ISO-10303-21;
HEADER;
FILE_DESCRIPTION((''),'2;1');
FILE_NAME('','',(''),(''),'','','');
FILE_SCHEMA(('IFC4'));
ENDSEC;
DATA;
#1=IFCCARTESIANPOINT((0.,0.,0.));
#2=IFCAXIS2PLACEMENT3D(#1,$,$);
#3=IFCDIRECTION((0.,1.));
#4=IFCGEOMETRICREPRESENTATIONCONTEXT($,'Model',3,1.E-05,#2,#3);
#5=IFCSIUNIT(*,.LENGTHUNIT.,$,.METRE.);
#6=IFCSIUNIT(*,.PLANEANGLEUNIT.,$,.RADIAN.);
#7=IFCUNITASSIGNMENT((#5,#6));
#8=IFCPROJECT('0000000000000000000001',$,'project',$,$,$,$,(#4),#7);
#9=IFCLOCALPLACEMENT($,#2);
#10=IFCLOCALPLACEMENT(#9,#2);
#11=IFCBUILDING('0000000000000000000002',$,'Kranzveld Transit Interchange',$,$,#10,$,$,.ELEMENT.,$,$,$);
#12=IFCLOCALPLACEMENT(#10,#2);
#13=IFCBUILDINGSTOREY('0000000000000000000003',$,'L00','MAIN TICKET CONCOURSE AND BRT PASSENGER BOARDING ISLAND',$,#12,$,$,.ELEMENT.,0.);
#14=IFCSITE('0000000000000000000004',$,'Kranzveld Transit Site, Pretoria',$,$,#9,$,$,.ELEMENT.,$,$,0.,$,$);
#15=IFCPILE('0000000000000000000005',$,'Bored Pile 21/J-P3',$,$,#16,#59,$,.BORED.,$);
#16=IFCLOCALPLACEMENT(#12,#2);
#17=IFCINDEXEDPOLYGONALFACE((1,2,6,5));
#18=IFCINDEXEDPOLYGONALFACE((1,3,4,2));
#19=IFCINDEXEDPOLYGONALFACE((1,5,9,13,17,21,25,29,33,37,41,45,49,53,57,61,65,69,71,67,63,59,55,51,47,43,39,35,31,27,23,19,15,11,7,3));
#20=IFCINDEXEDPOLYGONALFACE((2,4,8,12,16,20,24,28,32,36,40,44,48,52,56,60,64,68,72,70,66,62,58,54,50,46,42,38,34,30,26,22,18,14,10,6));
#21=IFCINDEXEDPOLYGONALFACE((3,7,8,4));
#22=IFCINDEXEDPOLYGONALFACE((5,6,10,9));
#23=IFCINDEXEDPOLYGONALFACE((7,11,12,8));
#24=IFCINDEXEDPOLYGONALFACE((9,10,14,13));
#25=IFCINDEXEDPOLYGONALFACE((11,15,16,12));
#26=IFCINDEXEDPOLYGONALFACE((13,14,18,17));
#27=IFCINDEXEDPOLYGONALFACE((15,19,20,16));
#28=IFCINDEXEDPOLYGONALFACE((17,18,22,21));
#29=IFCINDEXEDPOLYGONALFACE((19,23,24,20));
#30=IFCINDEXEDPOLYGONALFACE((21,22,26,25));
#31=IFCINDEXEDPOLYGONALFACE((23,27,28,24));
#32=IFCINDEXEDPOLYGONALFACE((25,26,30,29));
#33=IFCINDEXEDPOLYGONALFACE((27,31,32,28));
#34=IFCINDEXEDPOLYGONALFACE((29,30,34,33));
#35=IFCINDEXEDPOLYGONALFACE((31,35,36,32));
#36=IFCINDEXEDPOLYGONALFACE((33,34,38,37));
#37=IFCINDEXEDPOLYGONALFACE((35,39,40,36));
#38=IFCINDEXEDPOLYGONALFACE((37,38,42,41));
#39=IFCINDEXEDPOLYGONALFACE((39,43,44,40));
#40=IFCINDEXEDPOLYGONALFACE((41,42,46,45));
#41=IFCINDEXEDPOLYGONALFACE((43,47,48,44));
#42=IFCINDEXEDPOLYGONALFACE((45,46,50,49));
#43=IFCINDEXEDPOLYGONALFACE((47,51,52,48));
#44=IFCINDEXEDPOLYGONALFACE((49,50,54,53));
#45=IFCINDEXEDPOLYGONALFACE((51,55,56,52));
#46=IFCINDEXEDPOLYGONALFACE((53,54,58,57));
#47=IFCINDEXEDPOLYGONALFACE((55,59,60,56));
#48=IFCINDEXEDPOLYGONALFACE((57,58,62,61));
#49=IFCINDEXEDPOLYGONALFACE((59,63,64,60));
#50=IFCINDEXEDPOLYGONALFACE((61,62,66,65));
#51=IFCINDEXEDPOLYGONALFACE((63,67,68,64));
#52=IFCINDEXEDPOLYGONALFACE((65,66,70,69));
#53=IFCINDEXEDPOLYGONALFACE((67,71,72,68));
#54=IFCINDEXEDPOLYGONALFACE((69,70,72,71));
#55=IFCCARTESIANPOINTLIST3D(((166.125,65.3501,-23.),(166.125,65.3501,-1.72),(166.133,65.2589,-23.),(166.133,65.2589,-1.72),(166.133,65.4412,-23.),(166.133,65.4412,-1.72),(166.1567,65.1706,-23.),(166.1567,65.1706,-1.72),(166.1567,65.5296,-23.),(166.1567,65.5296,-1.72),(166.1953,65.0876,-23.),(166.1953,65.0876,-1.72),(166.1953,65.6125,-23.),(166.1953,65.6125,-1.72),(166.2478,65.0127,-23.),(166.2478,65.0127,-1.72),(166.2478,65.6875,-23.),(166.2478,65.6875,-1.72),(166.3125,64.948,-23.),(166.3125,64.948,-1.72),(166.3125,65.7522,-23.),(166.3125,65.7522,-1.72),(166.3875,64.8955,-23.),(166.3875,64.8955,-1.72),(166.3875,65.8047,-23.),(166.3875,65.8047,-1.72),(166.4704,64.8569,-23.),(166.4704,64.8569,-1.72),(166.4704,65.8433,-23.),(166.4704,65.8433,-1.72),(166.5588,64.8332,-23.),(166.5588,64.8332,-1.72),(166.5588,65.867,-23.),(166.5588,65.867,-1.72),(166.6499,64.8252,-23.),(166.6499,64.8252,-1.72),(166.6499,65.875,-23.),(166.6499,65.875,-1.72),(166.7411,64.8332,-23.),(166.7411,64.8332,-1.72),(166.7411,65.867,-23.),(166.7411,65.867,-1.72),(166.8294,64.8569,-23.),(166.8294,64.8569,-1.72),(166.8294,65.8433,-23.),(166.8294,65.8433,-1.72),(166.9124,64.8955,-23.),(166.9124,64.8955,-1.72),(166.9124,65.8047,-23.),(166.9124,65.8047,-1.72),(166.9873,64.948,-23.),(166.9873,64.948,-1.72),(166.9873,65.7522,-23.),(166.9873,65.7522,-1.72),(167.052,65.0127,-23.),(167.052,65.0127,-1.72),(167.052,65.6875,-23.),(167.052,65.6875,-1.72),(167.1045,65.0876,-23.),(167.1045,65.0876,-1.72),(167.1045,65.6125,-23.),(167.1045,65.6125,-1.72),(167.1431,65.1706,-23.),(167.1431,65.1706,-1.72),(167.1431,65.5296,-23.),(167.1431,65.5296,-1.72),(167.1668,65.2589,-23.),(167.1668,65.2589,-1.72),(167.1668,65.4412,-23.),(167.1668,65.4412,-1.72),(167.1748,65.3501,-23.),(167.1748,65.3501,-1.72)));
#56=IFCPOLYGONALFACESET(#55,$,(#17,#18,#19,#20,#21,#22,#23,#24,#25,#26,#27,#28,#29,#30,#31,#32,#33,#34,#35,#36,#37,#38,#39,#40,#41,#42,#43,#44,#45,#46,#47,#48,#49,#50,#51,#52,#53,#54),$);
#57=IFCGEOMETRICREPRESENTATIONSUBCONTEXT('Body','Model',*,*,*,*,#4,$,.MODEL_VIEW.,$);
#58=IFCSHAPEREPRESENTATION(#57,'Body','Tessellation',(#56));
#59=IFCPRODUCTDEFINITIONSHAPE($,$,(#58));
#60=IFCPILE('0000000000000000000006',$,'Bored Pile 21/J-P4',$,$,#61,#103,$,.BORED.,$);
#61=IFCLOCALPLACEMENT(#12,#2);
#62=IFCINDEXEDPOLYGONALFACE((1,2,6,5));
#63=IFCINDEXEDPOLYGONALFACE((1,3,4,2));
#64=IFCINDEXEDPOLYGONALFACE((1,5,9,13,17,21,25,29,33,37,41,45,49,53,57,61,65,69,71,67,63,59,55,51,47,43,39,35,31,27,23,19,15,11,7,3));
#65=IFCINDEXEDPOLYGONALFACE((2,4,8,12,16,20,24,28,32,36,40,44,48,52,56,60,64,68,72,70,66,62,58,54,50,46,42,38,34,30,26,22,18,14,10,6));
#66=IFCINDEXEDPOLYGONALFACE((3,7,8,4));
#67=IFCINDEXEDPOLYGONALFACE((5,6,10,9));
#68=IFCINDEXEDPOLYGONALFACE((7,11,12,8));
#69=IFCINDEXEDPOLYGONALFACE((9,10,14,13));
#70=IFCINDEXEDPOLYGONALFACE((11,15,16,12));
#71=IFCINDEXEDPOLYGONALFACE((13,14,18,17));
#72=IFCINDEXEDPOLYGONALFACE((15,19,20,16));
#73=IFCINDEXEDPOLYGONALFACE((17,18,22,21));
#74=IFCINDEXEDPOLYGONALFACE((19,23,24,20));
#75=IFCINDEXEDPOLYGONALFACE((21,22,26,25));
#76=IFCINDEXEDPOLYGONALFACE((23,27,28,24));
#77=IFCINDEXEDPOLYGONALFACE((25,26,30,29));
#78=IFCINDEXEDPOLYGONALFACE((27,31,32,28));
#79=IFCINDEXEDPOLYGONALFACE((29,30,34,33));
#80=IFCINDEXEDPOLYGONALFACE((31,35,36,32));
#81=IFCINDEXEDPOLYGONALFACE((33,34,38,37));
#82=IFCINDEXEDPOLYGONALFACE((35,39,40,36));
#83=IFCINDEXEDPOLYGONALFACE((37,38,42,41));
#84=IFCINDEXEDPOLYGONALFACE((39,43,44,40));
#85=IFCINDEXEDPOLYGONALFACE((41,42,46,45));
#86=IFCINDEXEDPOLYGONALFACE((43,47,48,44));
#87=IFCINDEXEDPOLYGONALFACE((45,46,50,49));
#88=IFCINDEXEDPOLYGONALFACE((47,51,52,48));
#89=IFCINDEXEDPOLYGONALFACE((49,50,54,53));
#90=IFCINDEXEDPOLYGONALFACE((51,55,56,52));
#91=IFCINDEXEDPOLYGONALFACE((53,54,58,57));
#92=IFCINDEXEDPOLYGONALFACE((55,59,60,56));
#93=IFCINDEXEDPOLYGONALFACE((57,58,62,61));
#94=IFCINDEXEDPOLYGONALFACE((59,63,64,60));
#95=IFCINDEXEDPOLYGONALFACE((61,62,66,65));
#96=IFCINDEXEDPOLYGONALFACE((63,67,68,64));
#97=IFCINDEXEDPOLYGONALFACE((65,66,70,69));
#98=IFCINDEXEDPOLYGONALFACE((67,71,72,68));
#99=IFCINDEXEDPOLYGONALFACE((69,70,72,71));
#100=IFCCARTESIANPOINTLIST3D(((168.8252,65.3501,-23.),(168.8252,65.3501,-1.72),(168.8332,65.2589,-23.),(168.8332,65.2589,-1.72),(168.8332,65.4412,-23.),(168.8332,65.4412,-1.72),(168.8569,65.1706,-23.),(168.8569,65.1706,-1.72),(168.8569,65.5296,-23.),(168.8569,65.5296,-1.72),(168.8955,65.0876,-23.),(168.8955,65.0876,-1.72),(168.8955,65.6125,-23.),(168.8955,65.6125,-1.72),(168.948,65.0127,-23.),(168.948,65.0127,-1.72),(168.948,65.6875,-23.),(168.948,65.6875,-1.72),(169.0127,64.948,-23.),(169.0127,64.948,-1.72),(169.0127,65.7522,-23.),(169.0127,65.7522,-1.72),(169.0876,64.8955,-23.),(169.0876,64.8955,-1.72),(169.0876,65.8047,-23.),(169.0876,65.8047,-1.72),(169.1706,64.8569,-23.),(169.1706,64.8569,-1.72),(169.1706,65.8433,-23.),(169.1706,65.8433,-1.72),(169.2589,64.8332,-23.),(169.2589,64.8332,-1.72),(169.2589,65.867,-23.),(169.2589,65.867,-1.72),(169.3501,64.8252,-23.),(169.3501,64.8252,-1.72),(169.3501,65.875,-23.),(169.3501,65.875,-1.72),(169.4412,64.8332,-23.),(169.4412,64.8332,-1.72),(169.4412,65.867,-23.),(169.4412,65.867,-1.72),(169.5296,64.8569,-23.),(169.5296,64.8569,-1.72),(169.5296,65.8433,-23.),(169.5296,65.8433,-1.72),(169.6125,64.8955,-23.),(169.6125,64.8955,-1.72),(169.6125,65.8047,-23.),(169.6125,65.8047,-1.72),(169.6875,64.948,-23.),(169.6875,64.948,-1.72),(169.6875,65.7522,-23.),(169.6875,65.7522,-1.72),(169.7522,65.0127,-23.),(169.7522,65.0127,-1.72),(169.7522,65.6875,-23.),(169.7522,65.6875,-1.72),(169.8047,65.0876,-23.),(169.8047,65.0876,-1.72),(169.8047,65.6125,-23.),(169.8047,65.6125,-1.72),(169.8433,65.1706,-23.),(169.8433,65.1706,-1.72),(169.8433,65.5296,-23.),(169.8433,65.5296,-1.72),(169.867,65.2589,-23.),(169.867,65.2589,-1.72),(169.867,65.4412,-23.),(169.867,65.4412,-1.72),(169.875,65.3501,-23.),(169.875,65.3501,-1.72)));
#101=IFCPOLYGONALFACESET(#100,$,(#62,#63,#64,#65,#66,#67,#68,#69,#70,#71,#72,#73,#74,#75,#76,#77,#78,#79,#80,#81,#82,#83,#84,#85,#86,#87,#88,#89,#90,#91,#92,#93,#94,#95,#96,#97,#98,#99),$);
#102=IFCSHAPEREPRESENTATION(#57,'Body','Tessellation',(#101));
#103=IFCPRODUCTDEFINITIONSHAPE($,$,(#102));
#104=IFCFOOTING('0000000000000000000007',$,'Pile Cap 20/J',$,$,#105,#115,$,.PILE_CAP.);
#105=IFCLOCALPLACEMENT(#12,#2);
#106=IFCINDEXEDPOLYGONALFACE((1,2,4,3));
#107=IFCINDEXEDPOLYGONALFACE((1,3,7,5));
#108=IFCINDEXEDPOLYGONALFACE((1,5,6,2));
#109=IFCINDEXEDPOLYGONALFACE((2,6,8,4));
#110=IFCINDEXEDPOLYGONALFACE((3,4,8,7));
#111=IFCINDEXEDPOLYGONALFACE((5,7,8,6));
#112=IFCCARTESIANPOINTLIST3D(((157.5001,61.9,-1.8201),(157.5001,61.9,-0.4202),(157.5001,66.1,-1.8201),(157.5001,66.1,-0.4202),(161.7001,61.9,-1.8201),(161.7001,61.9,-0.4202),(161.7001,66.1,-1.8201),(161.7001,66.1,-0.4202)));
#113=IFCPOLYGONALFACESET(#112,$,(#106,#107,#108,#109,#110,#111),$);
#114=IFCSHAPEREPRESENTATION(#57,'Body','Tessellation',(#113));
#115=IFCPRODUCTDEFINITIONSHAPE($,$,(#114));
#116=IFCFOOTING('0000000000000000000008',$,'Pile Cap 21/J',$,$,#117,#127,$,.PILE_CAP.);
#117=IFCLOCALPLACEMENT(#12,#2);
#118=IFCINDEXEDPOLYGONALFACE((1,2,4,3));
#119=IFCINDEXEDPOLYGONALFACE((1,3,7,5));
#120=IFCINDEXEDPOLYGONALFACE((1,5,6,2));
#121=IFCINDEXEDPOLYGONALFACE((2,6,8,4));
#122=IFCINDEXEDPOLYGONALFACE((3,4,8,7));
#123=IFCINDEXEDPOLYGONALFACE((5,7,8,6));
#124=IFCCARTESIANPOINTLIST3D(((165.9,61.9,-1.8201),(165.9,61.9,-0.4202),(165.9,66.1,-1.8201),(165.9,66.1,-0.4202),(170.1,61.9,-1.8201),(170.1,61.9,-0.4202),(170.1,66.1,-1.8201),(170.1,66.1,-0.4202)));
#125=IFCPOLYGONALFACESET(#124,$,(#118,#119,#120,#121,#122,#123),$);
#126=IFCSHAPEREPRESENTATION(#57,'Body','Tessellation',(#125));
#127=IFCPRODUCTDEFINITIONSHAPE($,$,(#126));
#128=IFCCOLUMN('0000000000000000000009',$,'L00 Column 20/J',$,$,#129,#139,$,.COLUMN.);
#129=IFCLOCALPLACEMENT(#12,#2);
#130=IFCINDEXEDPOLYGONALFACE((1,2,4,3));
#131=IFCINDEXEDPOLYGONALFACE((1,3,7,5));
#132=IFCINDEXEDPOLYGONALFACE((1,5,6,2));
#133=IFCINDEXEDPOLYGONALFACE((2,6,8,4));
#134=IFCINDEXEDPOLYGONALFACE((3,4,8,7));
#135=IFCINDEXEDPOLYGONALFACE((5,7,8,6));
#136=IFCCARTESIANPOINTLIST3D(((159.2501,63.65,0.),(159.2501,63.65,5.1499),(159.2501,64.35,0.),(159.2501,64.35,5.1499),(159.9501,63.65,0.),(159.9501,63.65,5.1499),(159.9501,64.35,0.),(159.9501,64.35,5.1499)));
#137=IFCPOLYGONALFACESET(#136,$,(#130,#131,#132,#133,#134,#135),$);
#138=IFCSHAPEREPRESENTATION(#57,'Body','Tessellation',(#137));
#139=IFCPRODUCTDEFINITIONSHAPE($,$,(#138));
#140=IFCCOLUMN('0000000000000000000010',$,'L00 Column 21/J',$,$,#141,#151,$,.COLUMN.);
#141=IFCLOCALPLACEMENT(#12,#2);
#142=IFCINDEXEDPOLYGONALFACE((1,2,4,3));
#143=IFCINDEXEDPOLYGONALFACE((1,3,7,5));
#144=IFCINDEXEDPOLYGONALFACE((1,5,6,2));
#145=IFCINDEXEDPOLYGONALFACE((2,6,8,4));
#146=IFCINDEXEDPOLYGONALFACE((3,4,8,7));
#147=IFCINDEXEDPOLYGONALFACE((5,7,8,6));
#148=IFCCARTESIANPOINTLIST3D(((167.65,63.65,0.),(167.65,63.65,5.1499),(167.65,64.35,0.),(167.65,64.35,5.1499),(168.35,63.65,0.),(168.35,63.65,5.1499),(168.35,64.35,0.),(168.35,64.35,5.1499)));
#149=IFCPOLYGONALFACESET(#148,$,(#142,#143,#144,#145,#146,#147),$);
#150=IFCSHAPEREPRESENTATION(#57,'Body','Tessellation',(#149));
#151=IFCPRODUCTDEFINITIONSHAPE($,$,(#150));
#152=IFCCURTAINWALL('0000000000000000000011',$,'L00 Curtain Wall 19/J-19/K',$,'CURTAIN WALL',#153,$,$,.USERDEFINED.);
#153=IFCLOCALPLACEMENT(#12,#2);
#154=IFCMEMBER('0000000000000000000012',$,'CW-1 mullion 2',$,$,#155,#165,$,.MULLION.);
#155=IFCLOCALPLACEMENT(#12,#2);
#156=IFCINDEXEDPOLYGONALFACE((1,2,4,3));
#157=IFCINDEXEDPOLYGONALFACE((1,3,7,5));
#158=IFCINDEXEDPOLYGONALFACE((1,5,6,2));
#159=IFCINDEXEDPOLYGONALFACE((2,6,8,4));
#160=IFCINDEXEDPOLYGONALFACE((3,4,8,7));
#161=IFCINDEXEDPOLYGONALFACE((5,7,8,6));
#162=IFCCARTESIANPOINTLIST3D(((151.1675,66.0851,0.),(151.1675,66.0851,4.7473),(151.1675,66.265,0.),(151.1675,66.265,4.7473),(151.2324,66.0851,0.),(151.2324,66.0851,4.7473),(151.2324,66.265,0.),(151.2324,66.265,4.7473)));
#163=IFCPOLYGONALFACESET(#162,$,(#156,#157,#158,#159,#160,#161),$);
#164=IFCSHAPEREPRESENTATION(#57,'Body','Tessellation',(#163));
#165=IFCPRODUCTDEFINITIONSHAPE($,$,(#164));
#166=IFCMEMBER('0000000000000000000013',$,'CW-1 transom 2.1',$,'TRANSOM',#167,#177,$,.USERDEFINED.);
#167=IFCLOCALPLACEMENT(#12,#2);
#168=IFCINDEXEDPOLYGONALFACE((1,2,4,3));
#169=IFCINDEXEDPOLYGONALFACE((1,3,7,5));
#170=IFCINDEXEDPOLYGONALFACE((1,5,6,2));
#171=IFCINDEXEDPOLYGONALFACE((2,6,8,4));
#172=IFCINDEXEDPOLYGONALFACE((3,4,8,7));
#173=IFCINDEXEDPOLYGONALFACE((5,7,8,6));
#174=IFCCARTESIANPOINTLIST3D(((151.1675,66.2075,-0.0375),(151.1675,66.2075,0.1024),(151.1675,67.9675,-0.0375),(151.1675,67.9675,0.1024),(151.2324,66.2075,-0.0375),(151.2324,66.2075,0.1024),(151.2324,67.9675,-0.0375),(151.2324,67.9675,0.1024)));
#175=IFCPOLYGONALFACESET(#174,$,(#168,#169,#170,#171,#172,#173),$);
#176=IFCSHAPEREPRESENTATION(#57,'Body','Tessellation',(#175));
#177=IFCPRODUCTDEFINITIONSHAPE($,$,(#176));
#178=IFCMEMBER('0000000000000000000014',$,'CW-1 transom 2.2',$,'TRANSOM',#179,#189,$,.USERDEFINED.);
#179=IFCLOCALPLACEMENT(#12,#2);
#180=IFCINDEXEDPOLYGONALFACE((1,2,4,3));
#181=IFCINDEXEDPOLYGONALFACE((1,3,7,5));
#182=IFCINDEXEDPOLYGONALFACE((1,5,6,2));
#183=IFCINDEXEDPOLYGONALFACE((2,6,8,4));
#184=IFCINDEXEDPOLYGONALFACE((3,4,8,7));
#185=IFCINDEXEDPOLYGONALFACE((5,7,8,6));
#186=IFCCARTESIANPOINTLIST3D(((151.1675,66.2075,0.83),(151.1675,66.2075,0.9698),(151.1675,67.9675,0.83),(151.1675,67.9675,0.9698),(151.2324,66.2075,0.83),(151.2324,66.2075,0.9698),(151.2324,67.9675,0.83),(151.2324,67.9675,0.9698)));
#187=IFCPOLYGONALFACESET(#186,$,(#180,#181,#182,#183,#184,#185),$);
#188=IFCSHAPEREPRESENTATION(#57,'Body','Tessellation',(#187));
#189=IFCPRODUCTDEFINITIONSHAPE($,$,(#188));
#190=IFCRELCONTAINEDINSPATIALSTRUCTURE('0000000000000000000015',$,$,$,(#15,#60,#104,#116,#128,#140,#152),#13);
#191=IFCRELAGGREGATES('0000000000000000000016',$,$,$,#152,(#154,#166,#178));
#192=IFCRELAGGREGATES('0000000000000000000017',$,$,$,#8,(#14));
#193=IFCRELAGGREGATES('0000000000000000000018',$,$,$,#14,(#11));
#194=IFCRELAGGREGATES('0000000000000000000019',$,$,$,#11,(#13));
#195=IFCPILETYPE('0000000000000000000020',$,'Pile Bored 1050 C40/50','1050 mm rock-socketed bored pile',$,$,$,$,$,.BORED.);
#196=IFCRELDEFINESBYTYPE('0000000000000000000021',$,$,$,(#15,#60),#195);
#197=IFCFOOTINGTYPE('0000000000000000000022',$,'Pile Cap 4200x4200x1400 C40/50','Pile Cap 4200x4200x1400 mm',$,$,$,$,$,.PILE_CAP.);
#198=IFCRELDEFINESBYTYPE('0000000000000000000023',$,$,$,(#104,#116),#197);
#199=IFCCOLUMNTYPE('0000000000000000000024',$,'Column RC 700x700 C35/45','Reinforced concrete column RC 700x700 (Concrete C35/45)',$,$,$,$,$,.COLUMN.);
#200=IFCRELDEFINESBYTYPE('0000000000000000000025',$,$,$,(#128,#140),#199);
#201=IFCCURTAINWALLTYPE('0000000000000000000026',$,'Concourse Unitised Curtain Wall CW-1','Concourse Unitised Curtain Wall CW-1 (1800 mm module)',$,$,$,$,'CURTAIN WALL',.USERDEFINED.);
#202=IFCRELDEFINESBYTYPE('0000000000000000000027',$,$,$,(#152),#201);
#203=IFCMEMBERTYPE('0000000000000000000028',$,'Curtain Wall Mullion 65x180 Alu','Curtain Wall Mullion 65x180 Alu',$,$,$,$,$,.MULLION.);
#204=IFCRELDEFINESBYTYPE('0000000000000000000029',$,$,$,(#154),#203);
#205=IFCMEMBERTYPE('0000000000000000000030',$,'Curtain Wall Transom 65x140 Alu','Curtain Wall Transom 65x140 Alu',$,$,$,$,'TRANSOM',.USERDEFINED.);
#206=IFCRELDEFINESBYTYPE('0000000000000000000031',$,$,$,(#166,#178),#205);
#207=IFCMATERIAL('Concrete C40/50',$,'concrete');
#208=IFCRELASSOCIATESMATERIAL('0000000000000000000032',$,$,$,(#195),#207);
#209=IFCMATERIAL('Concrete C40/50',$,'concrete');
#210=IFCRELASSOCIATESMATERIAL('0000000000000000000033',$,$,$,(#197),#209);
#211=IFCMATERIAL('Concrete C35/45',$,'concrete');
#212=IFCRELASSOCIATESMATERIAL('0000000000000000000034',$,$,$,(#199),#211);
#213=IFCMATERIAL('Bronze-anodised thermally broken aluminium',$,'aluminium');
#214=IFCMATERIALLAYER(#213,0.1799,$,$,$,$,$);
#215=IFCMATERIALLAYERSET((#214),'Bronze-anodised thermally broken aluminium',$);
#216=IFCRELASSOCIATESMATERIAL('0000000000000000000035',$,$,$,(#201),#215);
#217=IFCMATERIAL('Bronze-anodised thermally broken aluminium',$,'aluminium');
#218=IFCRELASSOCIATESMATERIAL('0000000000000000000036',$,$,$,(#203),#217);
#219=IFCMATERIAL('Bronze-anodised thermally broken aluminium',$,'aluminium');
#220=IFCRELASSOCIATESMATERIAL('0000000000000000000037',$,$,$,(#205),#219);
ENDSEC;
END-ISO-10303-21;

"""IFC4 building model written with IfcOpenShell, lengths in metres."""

from ifc_helpers import new_model, si_unit, direction, frame, origin, origin_2d, place, context, subcontext, project, spatial, rectangle, circle, extrude, material, layer, layer_set, material_profile, profile_set, type_object, element, aggregate, save


model = new_model("IFC4")

# Units and contexts
model_context = context("Model", 3, precision=1e-05, world=origin(), true_north=direction((0.0, 1.0)))
body_context = subcontext(model_context, "Body", "Model", "MODEL_VIEW")
ifc_project = project(units=[si_unit("LENGTHUNIT", "METRE"), si_unit("PLANEANGLEUNIT", "RADIAN")], contexts=[model_context])

# Site, building, storey
site_placement = place(None, origin())
site = spatial("IfcSite", under=ifc_project, at=site_placement, Name="Kranzveld Transit Site, Pretoria", CompositionType="ELEMENT", RefElevation=0.0)
building_placement = place(site_placement, origin())
building = spatial("IfcBuilding", under=site, at=building_placement, Name="Kranzveld Transit Interchange", CompositionType="ELEMENT")
storey_placement = place(building_placement, origin())
storey = spatial("IfcBuildingStorey", under=building, at=storey_placement, Name="L00", Description="MAIN TICKET CONCOURSE AND BRT PASSENGER BOARDING ISLAND", CompositionType="ELEMENT", Elevation=0.0)

# Piles
ifc_material_1 = material(Name="Concrete C40/50", Category="concrete")
ifc_material_profile_1 = material_profile(ifc_material_1, circle(Radius=0.5249, at=origin_2d()), Name="BORED PILE 1050")
ifc_profile_set_1 = profile_set([ifc_material_profile_1], Name="Concrete C40/50")
pile_type = type_object("IfcPileType", Name="Pile Bored 1050 C40/50", Description="1050 mm rock-socketed bored pile", PredefinedType="BORED", material=ifc_profile_set_1)
for number, where, z_axis, x_axis, name in (
    (1, (166.6499, 65.3501, -1.72), (0.0, 0.0, -1.0), (1.0, 0.0, 0.0), "Bored Pile 21/J-P3"),
    (2, (169.3501, 65.3501, -1.72), (0.0, 0.0, -1.0), (1.0, 0.0, 0.0), "Bored Pile 21/J-P4"),
):
    element("IfcPile", number, at=place(storey_placement, frame(where, z_axis=z_axis, x_axis=x_axis)), inside=storey, type_object=pile_type, Name=name, PredefinedType="BORED", context=body_context, shape_type="SweptSolid", body=[
        extrude(circle(Radius=0.5249, at=origin_2d()), origin(), (0.0, 0.0, 1.0), 21.28),
    ])

# Footings
ifc_material_2 = material(Name="Concrete C40/50", Category="concrete")
footing_type = type_object("IfcFootingType", Name="Pile Cap 4200x4200x1400 C40/50", Description="Pile Cap 4200x4200x1400 mm", PredefinedType="PILE_CAP", material=ifc_material_2)
for number, where, z_axis, x_axis, name in (
    (3, (159.6001, 64.0, -1.8201), (0.0, 0.0, 1.0), (1.0, 0.0, 0.0), "Pile Cap 20/J"),
    (4, (168.0, 64.0, -1.8201), (0.0, 0.0, 1.0), (1.0, 0.0, 0.0), "Pile Cap 21/J"),
):
    element("IfcFooting", number, at=place(storey_placement, frame(where, z_axis=z_axis, x_axis=x_axis)), inside=storey, type_object=footing_type, Name=name, PredefinedType="PILE_CAP", context=body_context, shape_type="SweptSolid", body=[
        extrude(rectangle(XDim=4.2, YDim=4.2, at=origin_2d()), origin(), (0.0, 0.0, 1.0), 1.3999),
    ])

# Columns
ifc_material_3 = material(Name="Concrete C35/45", Category="concrete")
ifc_material_profile_2 = material_profile(ifc_material_3, rectangle(XDim=0.7, YDim=0.7, at=origin_2d()), Name="RC 700x700")
ifc_profile_set_2 = profile_set([ifc_material_profile_2], Name="Concrete C35/45")
column_type = type_object("IfcColumnType", Name="Column RC 700x700 C35/45", Description="Reinforced concrete column RC 700x700 (Concrete C35/45)", PredefinedType="COLUMN", material=ifc_profile_set_2)
for number, where, z_axis, x_axis, name in (
    (5, (159.6001, 64.0, 0.0), (0.0, 0.0, 1.0), (1.0, 0.0, 0.0), "L00 Column 20/J"),
    (6, (168.0, 64.0, 0.0), (0.0, 0.0, 1.0), (1.0, 0.0, 0.0), "L00 Column 21/J"),
):
    element("IfcColumn", number, at=place(storey_placement, frame(where, z_axis=z_axis, x_axis=x_axis)), inside=storey, type_object=column_type, Name=name, PredefinedType="COLUMN", context=body_context, shape_type="SweptSolid", body=[
        extrude(rectangle(XDim=0.7, YDim=0.7, at=origin_2d()), origin(), (0.0, 0.0, 1.0), 5.1499),
    ])

# Curtain wall, members
ifc_material_4 = material(Name="Bronze-anodised thermally broken aluminium", Category="aluminium")
ifc_layer_1 = layer(ifc_material_4, 0.1799)
ifc_layer_set_1 = layer_set([ifc_layer_1], Name="Bronze-anodised thermally broken aluminium")
curtain_wall_type = type_object("IfcCurtainWallType", Name="Concourse Unitised Curtain Wall CW-1", Description="Concourse Unitised Curtain Wall CW-1 (1800 mm module)", ElementType="CURTAIN WALL", PredefinedType="USERDEFINED", material=ifc_layer_set_1)
curtain_wall_placement = place(storey_placement, origin())
curtain_wall = element("IfcCurtainWall", 7, at=curtain_wall_placement, inside=storey, type_object=curtain_wall_type, Name="L00 Curtain Wall 19/J-19/K", ObjectType="CURTAIN WALL", PredefinedType="USERDEFINED")
ifc_material_5 = material(Name="Bronze-anodised thermally broken aluminium", Category="aluminium")
ifc_material_profile_3 = material_profile(ifc_material_5, rectangle(XDim=0.0649, YDim=0.1799, at=origin_2d()), Name="ALU MULLION 65x180")
ifc_profile_set_3 = profile_set([ifc_material_profile_3], Name="Bronze-anodised thermally broken aluminium")
member_type_1 = type_object("IfcMemberType", Name="Curtain Wall Mullion 65x180 Alu", Description="Curtain Wall Mullion 65x180 Alu", PredefinedType="MULLION", material=ifc_profile_set_3)
member_1_placement = place(storey_placement, frame((151.2, 66.175, 0.0), z_axis=(0.0, 0.0, 1.0), x_axis=(-1.0, 0.0, 0.0)))
member_1 = element("IfcMember", 8, at=member_1_placement, type_object=member_type_1, Name="CW-1 mullion 2", PredefinedType="MULLION", context=body_context, shape_type="SweptSolid", body=[
    extrude(rectangle(XDim=0.0649, YDim=0.1799, at=origin_2d()), origin(), (0.0, 0.0, 1.0), 4.7473),
])
ifc_material_6 = material(Name="Bronze-anodised thermally broken aluminium", Category="aluminium")
ifc_material_profile_4 = material_profile(ifc_material_6, rectangle(XDim=0.0649, YDim=0.1399, at=origin_2d()), Name="ALU TRANSOM 65x140")
ifc_profile_set_4 = profile_set([ifc_material_profile_4], Name="Bronze-anodised thermally broken aluminium")
member_type_2 = type_object("IfcMemberType", Name="Curtain Wall Transom 65x140 Alu", Description="Curtain Wall Transom 65x140 Alu", ElementType="TRANSOM", PredefinedType="USERDEFINED", material=ifc_profile_set_4)
member_2_placement = place(storey_placement, frame((151.2, 66.2075, 0.0325), z_axis=(0.0, 1.0, 0.0), x_axis=(-1.0, 0.0, 0.0)))
member_2 = element("IfcMember", 9, at=member_2_placement, type_object=member_type_2, Name="CW-1 transom 2.1", ObjectType="TRANSOM", PredefinedType="USERDEFINED", context=body_context, shape_type="SweptSolid", body=[
    extrude(rectangle(XDim=0.0649, YDim=0.1399, at=origin_2d()), origin(), (0.0, 0.0, 1.0), 1.76),
])
member_3_placement = place(storey_placement, frame((151.2, 66.2075, 0.8999), z_axis=(0.0, 1.0, 0.0), x_axis=(-1.0, 0.0, 0.0)))
member_3 = element("IfcMember", 10, at=member_3_placement, type_object=member_type_2, Name="CW-1 transom 2.2", ObjectType="TRANSOM", PredefinedType="USERDEFINED", context=body_context, shape_type="SweptSolid", body=[
    extrude(rectangle(XDim=0.0649, YDim=0.1399, at=origin_2d()), origin(), (0.0, 0.0, 1.0), 1.76),
])

aggregate(curtain_wall, [member_1, member_2, member_3])

save(model, "model.ifc")
